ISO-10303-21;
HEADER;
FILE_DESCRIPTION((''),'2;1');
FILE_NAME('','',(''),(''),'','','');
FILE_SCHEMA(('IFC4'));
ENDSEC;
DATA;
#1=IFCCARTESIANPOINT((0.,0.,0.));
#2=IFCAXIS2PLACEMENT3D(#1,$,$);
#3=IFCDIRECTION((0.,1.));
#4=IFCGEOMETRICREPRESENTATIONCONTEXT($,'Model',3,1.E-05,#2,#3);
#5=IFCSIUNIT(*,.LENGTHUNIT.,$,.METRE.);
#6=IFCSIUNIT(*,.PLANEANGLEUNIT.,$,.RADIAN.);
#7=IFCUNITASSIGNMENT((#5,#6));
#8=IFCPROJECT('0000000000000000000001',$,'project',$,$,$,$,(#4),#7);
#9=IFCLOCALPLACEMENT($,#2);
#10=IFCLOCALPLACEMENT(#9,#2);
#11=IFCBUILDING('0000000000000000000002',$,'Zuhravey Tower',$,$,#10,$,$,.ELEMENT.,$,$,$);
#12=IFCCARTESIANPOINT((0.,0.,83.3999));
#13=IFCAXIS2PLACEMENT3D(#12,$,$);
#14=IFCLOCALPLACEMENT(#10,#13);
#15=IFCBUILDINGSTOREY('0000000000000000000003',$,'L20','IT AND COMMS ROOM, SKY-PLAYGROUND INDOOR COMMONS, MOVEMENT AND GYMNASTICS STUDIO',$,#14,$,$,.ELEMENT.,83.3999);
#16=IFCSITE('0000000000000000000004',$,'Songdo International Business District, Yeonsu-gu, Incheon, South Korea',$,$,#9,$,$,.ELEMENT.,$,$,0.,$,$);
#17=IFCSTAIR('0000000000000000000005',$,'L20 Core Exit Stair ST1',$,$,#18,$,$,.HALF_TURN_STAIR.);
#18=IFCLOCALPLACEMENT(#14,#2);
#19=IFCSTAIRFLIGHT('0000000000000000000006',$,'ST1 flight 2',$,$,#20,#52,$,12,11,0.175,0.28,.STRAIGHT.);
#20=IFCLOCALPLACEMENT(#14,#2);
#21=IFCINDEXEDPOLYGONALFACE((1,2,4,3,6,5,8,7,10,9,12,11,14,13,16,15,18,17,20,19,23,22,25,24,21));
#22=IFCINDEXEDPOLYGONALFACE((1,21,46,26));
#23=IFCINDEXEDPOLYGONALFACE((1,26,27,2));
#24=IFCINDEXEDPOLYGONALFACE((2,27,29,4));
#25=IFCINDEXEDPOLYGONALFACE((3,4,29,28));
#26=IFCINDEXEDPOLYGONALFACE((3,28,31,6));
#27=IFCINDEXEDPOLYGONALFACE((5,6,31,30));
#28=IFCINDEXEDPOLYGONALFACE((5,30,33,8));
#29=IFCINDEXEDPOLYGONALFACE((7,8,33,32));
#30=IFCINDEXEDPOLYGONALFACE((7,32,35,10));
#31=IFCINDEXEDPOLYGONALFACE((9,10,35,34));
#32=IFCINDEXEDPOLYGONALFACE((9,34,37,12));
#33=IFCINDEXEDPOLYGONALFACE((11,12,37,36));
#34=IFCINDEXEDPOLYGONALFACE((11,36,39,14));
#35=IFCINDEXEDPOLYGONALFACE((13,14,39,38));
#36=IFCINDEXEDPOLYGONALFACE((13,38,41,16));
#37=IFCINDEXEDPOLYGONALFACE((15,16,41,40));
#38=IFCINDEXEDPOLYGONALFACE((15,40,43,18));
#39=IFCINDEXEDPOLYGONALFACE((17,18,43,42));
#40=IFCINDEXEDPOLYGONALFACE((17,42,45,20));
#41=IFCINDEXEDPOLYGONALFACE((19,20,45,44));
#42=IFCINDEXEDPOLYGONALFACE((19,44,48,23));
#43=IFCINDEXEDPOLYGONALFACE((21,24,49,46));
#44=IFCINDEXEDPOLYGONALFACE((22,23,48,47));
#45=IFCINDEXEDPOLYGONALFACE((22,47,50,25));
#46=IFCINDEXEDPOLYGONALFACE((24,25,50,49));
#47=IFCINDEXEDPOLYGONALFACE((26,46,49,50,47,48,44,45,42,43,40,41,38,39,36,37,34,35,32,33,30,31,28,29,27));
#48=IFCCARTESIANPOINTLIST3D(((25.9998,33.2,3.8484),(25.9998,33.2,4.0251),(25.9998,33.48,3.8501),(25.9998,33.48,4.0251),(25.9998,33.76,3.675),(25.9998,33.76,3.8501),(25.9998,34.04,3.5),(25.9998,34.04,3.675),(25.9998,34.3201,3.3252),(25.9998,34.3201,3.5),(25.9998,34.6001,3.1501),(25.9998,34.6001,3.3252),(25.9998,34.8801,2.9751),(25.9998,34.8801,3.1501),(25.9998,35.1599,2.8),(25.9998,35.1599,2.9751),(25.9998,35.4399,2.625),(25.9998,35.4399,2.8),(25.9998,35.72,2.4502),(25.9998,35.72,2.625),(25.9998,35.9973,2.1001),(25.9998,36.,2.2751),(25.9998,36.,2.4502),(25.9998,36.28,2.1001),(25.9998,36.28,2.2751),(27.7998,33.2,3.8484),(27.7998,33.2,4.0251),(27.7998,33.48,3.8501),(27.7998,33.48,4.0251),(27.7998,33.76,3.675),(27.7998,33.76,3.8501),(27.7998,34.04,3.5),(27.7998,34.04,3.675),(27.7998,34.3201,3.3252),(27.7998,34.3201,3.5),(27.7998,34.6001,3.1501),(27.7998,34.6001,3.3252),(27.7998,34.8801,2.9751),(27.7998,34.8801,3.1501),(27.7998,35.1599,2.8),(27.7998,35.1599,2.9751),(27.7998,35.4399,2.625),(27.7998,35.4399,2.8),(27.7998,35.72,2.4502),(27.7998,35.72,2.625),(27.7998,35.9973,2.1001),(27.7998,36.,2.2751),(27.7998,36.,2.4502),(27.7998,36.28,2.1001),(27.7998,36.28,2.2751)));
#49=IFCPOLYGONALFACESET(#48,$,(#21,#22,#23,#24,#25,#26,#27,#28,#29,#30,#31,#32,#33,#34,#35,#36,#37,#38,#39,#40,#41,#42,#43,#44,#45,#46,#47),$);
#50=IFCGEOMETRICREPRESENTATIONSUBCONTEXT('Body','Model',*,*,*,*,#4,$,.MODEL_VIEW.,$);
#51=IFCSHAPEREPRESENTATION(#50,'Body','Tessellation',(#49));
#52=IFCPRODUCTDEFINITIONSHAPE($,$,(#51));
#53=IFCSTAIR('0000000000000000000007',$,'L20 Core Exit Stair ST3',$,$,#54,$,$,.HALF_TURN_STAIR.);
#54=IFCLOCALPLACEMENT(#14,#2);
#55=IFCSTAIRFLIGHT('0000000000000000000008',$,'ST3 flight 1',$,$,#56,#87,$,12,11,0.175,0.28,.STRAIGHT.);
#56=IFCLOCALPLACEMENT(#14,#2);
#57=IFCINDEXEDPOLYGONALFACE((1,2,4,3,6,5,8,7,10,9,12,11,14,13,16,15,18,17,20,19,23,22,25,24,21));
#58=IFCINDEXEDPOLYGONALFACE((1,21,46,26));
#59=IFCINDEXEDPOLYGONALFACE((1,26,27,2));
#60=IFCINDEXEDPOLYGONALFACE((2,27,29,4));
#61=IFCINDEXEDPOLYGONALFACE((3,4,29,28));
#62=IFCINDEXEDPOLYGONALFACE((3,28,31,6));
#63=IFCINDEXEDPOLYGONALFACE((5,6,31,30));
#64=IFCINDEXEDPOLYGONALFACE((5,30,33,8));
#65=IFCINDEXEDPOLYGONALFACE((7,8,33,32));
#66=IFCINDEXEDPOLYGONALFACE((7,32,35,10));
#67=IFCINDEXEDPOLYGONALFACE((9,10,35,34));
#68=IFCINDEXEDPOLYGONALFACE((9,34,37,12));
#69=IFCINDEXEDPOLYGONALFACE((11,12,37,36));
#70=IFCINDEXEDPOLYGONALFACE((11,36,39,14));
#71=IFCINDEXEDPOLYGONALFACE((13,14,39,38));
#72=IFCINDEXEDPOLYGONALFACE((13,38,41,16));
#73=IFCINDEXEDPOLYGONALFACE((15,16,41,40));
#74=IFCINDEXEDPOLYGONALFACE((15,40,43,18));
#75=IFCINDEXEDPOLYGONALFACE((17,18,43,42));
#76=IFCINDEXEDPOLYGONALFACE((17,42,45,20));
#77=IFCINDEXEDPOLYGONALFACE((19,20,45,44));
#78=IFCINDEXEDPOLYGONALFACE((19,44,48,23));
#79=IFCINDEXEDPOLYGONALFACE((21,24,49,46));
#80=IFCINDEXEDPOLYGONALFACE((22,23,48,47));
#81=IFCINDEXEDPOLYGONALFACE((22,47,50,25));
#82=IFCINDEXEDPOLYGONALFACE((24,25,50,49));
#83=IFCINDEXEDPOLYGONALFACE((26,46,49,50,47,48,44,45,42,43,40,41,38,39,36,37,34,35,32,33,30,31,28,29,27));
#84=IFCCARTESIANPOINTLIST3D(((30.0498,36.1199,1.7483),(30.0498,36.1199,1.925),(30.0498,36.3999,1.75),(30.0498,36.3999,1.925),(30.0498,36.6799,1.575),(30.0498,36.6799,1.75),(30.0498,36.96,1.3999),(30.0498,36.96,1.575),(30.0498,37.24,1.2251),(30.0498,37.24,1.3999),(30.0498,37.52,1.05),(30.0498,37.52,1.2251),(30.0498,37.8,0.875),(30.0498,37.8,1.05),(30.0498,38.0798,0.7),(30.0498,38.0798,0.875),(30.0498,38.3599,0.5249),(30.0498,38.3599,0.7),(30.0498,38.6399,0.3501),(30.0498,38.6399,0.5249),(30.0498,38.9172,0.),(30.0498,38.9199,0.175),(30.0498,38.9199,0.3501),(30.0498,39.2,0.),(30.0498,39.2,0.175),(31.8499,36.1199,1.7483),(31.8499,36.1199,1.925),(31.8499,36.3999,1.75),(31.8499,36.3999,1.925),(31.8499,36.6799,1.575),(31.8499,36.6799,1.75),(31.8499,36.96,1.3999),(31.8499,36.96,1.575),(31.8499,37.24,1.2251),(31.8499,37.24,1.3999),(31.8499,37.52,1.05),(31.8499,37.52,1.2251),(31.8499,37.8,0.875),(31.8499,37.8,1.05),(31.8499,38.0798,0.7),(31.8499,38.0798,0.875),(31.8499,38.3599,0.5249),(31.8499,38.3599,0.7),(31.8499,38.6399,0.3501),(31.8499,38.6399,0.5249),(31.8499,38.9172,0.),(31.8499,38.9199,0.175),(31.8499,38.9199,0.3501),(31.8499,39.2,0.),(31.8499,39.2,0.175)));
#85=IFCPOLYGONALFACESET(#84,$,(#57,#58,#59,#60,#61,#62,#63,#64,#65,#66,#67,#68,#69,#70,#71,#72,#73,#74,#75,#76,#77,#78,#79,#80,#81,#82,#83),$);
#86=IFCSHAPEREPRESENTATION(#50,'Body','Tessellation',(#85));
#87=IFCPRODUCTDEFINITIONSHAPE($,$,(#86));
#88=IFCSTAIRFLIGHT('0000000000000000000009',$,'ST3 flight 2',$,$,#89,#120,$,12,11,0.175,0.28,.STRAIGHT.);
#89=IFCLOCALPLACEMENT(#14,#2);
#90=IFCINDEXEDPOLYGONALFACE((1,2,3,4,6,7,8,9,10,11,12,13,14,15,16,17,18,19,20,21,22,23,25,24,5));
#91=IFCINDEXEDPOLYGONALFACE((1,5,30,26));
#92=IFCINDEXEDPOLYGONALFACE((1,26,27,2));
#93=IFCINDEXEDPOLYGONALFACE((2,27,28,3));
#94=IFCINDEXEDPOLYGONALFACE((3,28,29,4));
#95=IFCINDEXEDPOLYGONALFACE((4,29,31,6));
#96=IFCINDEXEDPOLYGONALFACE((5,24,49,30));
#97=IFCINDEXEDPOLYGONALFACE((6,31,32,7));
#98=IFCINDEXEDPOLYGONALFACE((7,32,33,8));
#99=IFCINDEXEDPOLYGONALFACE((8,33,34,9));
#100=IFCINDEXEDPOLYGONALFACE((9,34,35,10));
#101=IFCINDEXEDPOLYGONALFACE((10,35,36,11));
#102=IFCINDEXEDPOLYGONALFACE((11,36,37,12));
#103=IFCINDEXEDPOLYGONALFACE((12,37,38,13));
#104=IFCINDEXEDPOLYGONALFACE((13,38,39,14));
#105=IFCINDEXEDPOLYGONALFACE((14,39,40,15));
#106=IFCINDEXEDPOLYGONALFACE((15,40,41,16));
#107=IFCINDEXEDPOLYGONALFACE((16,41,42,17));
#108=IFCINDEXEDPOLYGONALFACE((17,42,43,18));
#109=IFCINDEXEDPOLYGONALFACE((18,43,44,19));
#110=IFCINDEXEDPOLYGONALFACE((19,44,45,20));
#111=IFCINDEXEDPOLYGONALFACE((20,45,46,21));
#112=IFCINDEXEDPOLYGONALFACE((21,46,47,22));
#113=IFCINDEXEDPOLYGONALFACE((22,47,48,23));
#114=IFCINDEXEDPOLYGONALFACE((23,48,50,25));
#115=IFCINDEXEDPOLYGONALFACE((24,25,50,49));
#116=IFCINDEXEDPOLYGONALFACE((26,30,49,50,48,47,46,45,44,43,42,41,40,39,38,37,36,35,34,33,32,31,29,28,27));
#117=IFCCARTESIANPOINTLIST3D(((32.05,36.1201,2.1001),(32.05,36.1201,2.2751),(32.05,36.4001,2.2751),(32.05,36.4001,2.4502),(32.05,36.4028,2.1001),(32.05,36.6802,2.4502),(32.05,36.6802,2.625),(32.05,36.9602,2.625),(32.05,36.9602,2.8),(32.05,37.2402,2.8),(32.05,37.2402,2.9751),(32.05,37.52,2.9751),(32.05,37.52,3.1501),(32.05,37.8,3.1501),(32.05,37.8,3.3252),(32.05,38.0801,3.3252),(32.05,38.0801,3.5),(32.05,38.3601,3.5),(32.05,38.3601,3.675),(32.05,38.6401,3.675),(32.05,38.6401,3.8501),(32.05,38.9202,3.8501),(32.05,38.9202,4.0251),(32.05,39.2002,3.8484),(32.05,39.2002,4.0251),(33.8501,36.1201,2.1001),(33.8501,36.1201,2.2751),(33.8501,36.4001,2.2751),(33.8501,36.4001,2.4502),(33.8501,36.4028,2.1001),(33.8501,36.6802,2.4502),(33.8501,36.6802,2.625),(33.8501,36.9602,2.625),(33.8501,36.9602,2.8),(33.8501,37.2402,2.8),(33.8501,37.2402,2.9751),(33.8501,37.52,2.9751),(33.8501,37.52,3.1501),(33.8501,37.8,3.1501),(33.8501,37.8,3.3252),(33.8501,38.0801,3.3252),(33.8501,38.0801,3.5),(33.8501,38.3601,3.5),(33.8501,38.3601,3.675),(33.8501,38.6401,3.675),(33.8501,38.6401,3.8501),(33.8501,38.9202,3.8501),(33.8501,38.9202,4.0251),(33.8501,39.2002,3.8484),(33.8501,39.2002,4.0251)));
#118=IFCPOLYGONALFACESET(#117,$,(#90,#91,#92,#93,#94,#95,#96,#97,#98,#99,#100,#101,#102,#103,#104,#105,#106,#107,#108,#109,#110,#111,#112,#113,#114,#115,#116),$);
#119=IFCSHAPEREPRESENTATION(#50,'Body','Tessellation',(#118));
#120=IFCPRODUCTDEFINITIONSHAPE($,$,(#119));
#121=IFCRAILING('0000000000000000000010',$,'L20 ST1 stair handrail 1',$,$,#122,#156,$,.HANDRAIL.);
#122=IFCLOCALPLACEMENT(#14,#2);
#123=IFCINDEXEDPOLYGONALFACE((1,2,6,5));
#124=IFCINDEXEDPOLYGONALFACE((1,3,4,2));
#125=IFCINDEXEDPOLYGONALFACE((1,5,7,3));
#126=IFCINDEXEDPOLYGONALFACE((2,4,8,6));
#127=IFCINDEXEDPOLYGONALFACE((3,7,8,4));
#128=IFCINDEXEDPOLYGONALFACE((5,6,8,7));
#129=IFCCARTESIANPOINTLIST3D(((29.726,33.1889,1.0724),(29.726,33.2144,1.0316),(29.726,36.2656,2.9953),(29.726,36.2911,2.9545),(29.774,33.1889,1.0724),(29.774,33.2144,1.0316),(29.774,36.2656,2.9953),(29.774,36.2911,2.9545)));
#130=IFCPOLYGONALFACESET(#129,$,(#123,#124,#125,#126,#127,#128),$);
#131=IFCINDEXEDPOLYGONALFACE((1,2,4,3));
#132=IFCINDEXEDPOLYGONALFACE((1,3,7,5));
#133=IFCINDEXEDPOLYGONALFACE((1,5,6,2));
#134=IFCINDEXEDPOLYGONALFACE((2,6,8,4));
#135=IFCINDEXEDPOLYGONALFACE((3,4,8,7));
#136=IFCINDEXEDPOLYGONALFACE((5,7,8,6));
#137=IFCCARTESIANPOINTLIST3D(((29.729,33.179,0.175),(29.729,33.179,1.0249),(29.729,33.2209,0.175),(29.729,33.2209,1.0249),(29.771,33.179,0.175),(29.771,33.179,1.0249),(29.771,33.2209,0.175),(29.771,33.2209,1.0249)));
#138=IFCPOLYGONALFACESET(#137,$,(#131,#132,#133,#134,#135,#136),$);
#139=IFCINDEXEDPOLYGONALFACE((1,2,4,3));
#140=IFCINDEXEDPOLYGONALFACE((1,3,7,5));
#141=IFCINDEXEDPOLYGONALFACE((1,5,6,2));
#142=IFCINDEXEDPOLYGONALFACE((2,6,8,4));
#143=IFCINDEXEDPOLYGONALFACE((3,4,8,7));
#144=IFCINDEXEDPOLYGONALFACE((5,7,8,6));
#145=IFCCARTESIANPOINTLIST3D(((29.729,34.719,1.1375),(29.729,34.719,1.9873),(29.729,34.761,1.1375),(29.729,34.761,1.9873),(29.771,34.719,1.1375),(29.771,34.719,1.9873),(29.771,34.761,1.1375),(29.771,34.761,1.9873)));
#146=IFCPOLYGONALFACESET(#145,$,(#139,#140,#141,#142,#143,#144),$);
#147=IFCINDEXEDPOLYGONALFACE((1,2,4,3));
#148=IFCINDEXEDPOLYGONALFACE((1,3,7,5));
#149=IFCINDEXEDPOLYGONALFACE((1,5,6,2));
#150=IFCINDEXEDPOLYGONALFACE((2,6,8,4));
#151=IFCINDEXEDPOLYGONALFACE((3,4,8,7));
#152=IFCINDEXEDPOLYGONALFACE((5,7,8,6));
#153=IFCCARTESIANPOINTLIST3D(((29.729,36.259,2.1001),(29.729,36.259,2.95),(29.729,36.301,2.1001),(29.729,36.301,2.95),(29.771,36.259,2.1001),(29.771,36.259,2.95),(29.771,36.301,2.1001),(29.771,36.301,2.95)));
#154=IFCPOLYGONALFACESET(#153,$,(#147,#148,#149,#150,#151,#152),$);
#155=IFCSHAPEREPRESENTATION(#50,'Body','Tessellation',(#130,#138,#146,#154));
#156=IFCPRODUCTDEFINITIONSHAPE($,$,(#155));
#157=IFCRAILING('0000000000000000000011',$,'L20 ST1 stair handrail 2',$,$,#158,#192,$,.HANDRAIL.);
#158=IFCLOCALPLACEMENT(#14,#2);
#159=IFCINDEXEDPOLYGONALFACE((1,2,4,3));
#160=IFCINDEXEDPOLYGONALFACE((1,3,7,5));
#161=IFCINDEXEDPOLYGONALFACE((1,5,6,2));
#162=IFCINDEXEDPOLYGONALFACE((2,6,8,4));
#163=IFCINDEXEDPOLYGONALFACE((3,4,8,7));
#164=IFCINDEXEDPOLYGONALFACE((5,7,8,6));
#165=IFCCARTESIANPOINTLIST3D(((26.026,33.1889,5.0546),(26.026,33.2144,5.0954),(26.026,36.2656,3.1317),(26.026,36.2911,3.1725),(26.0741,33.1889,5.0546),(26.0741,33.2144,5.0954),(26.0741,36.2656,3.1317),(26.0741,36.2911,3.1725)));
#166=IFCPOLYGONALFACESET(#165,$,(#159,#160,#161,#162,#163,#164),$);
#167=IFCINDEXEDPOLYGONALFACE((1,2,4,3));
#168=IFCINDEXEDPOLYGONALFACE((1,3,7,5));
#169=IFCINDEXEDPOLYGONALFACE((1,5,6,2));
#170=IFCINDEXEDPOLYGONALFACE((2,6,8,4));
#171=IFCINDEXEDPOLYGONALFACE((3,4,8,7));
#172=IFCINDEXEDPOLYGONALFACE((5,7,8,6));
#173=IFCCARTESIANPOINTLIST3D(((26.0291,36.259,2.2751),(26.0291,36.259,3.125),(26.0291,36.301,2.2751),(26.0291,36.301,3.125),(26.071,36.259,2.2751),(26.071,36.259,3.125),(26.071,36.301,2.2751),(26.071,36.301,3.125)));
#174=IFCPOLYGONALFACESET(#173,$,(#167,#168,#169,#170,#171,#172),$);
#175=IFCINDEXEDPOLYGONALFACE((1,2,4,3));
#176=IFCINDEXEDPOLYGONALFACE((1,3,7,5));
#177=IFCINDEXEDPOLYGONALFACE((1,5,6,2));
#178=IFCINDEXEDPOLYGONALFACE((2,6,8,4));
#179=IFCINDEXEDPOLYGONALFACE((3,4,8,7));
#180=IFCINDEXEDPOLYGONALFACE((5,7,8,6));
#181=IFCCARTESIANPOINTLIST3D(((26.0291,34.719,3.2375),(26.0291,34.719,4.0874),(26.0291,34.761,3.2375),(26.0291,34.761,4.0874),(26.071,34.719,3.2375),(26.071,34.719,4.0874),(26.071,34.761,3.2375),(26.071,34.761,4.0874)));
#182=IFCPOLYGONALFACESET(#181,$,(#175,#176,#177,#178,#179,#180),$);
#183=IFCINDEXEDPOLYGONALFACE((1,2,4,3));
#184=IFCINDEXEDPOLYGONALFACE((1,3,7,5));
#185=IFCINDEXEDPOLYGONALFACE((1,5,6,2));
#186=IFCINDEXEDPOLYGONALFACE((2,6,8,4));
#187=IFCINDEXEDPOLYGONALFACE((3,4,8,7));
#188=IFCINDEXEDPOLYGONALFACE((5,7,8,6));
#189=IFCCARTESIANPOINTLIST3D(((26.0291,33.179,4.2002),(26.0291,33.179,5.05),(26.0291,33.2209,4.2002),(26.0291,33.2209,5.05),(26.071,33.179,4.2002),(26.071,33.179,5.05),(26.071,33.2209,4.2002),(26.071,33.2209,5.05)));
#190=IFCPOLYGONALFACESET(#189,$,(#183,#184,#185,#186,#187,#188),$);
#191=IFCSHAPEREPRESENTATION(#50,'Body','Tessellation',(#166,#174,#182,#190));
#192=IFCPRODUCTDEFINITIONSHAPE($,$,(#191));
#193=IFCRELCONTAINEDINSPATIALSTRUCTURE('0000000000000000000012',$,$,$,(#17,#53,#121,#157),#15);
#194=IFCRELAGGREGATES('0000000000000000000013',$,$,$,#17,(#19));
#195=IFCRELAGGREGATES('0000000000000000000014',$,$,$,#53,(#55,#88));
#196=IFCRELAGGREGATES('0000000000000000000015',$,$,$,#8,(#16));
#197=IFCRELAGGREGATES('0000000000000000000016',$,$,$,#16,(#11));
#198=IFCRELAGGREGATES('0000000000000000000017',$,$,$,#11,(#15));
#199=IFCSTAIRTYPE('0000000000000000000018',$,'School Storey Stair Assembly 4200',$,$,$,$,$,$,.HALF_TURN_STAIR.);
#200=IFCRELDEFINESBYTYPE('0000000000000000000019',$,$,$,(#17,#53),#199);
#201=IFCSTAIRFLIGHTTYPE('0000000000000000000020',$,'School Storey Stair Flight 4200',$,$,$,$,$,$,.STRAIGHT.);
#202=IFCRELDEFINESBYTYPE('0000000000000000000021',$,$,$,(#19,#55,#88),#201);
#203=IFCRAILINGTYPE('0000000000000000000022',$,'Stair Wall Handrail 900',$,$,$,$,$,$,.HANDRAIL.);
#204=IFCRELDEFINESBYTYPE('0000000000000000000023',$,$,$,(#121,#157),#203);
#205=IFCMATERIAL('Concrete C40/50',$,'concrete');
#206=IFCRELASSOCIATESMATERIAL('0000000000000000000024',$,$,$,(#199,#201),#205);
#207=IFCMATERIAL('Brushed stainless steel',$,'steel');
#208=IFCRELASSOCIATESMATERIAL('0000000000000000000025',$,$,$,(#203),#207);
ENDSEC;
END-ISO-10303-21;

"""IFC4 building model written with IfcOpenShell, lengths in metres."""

from ifc_helpers import new_model, si_unit, direction, frame, origin, origin_2d, place, context, subcontext, project, spatial, polyline, rectangle, outline, extrude, material, type_object, element, aggregate, save


model = new_model("IFC4")

# Units and contexts
model_context = context("Model", 3, precision=1e-05, world=origin(), true_north=direction((0.0, 1.0)))
body_context = subcontext(model_context, "Body", "Model", "MODEL_VIEW")
ifc_project = project(units=[si_unit("LENGTHUNIT", "METRE"), si_unit("PLANEANGLEUNIT", "RADIAN")], contexts=[model_context])

# Site, building, storey
site_placement = place(None, origin())
site = spatial("IfcSite", under=ifc_project, at=site_placement, Name="Songdo International Business District, Yeonsu-gu, Incheon, South Korea", CompositionType="ELEMENT", RefElevation=0.0)
building_placement = place(site_placement, origin())
building = spatial("IfcBuilding", under=site, at=building_placement, Name="Zuhravey Tower", CompositionType="ELEMENT")
storey_placement = place(building_placement, frame((0.0, 0.0, 83.3999)))
storey = spatial("IfcBuildingStorey", under=building, at=storey_placement, Name="L20", Description="IT AND COMMS ROOM, SKY-PLAYGROUND INDOOR COMMONS, MOVEMENT AND GYMNASTICS STUDIO", CompositionType="ELEMENT", Elevation=83.3999)

# Stairs, stair flights
ifc_material_1 = material(Name="Concrete C40/50", Category="concrete")
stair_type = type_object("IfcStairType", Name="School Storey Stair Assembly 4200", PredefinedType="HALF_TURN_STAIR", material=ifc_material_1)
stair_1_placement = place(storey_placement, origin())
stair_1 = element("IfcStair", 1, at=stair_1_placement, inside=storey, type_object=stair_type, Name="L20 Core Exit Stair ST1", PredefinedType="HALF_TURN_STAIR")
stair_flight_type = type_object("IfcStairFlightType", Name="School Storey Stair Flight 4200", PredefinedType="STRAIGHT", material=ifc_material_1)
stair_flight_1_placement = place(storey_placement, frame((26.8999, 36.28, 2.1001), z_axis=(0.0, 0.0, 1.0), x_axis=(0.0, -1.0, 0.0)))
stair_flight_1 = element("IfcStairFlight", 2, at=stair_flight_1_placement, type_object=stair_flight_type, Name="ST1 flight 2", NumberOfRisers=12, NumberOfTreads=11, PredefinedType="STRAIGHT", RiserHeight=0.175, TreadLength=0.28, context=body_context, shape_type="SweptSolid", body=[
    extrude(outline(polyline([(0.0, 0.0), (0.0, 0.175), (0.28, 0.175), (0.28, 0.3501), (0.5601, 0.3501), (0.5601, 0.5249), (0.8401, 0.5249), (0.8401, 0.7), (1.1201, 0.7), (1.1201, 0.875), (1.3999, 0.875), (1.3999, 1.05), (1.6799, 1.05), (1.6799, 1.2251), (1.96, 1.2251), (1.96, 1.3999), (2.24, 1.3999), (2.24, 1.575), (2.52, 1.575), (2.52, 1.75), (2.8, 1.75), (2.8, 1.925), (3.0801, 1.925), (3.0801, 2.1001), (3.0801, 1.7483), (0.2827, 0.0), (0.0, 0.0)])), frame((0.0, 0.8999, 0.0), z_axis=(0.0, -1.0, 0.0), x_axis=(1.0, 0.0, 0.0)), (0.0, 0.0, 1.0), 1.8),
])
aggregate(stair_1, [stair_flight_1])
stair_2_placement = place(storey_placement, origin())
stair_2 = element("IfcStair", 3, at=stair_2_placement, inside=storey, type_object=stair_type, Name="L20 Core Exit Stair ST3", PredefinedType="HALF_TURN_STAIR")
stair_flight_2_placement = place(storey_placement, frame((30.95, 39.2, 0.0), z_axis=(0.0, 0.0, 1.0), x_axis=(0.0, -1.0, 0.0)))
stair_flight_2 = element("IfcStairFlight", 4, at=stair_flight_2_placement, type_object=stair_flight_type, Name="ST3 flight 1", NumberOfRisers=12, NumberOfTreads=11, PredefinedType="STRAIGHT", RiserHeight=0.175, TreadLength=0.28, context=body_context, shape_type="SweptSolid", body=[
    extrude(outline(polyline([(0.0, 0.0), (0.0, 0.175), (0.28, 0.175), (0.28, 0.3501), (0.5601, 0.3501), (0.5601, 0.5249), (0.8401, 0.5249), (0.8401, 0.7), (1.1201, 0.7), (1.1201, 0.875), (1.3999, 0.875), (1.3999, 1.05), (1.6799, 1.05), (1.6799, 1.2251), (1.96, 1.2251), (1.96, 1.3999), (2.24, 1.3999), (2.24, 1.575), (2.52, 1.575), (2.52, 1.75), (2.8, 1.75), (2.8, 1.925), (3.0801, 1.925), (3.0801, 2.1001), (3.0801, 1.7483), (0.2827, 0.0), (0.0, 0.0)])), frame((0.0, 0.8999, 0.0), z_axis=(0.0, -1.0, 0.0), x_axis=(1.0, 0.0, 0.0)), (0.0, 0.0, 1.0), 1.8),
])
stair_flight_3_placement = place(storey_placement, frame((32.95, 36.1201, 2.1001), z_axis=(0.0, 0.0, 1.0), x_axis=(0.0, 1.0, 0.0)))
stair_flight_3 = element("IfcStairFlight", 5, at=stair_flight_3_placement, type_object=stair_flight_type, Name="ST3 flight 2", NumberOfRisers=12, NumberOfTreads=11, PredefinedType="STRAIGHT", RiserHeight=0.175, TreadLength=0.28, context=body_context, shape_type="SweptSolid", body=[
    extrude(outline(polyline([(0.0, 0.0), (0.0, 0.175), (0.28, 0.175), (0.28, 0.3501), (0.5601, 0.3501), (0.5601, 0.5249), (0.8401, 0.5249), (0.8401, 0.7), (1.1201, 0.7), (1.1201, 0.875), (1.3999, 0.875), (1.3999, 1.05), (1.6799, 1.05), (1.6799, 1.2251), (1.96, 1.2251), (1.96, 1.3999), (2.24, 1.3999), (2.24, 1.575), (2.52, 1.575), (2.52, 1.75), (2.8, 1.75), (2.8, 1.925), (3.0801, 1.925), (3.0801, 2.1001), (3.0801, 1.7483), (0.2827, 0.0), (0.0, 0.0)])), frame((0.0, 0.8999, 0.0), z_axis=(0.0, -1.0, 0.0), x_axis=(1.0, 0.0, 0.0)), (0.0, 0.0, 1.0), 1.8),
])
aggregate(stair_2, [stair_flight_2, stair_flight_3])

# Railings
ifc_material_2 = material(Name="Brushed stainless steel", Category="steel")
railing_type_1 = type_object("IfcRailingType", Name="Stair Wall Handrail 900", PredefinedType="HANDRAIL", material=ifc_material_2)
railing_1_placement = place(storey_placement, frame((29.75, 33.2, 0.175)))
element("IfcRailing", 6, at=railing_1_placement, inside=storey, type_object=railing_type_1, Name="L20 ST1 stair handrail 1", PredefinedType="HANDRAIL", context=body_context, shape_type="SweptSolid", body=[
    extrude(rectangle(XDim=0.0481, YDim=0.0481, at=origin_2d()), frame((0.0, 0.0017, 0.877), z_axis=(0.0, 0.847998, 0.529999), x_axis=(-1.0, 0.0, 0.0)), (0.0, 0.0, 1.0), 3.6282),
    extrude(rectangle(XDim=0.042, YDim=0.042, at=origin_2d()), origin(), (0.0, 0.0, 1.0), 0.8499),
    extrude(rectangle(XDim=0.042, YDim=0.042, at=origin_2d()), frame((0.0, 1.54, 0.9624)), (0.0, 0.0, 1.0), 0.8499),
    extrude(rectangle(XDim=0.042, YDim=0.042, at=origin_2d()), frame((0.0, 3.0801, 1.925)), (0.0, 0.0, 1.0), 0.8499),
])
railing_2_placement = place(storey_placement, frame((26.05, 36.28, 2.2751)))
element("IfcRailing", 7, at=railing_2_placement, inside=storey, type_object=railing_type_1, Name="L20 ST1 stair handrail 2", PredefinedType="HANDRAIL", context=body_context, shape_type="SweptSolid", body=[
    extrude(rectangle(XDim=0.0481, YDim=0.0481, at=origin_2d()), frame((0.0, -0.0017, 0.877), z_axis=(0.0, -0.847998, 0.529999), x_axis=(1.0, 0.0, 0.0)), (0.0, 0.0, 1.0), 3.6282),
    extrude(rectangle(XDim=0.042, YDim=0.042, at=origin_2d()), origin(), (0.0, 0.0, 1.0), 0.8499),
    extrude(rectangle(XDim=0.042, YDim=0.042, at=origin_2d()), frame((0.0, -1.54, 0.9624)), (0.0, 0.0, 1.0), 0.8499),
    extrude(rectangle(XDim=0.042, YDim=0.042, at=origin_2d()), frame((0.0, -3.0801, 1.925)), (0.0, 0.0, 1.0), 0.8499),
])

save(model, "model.ifc")
